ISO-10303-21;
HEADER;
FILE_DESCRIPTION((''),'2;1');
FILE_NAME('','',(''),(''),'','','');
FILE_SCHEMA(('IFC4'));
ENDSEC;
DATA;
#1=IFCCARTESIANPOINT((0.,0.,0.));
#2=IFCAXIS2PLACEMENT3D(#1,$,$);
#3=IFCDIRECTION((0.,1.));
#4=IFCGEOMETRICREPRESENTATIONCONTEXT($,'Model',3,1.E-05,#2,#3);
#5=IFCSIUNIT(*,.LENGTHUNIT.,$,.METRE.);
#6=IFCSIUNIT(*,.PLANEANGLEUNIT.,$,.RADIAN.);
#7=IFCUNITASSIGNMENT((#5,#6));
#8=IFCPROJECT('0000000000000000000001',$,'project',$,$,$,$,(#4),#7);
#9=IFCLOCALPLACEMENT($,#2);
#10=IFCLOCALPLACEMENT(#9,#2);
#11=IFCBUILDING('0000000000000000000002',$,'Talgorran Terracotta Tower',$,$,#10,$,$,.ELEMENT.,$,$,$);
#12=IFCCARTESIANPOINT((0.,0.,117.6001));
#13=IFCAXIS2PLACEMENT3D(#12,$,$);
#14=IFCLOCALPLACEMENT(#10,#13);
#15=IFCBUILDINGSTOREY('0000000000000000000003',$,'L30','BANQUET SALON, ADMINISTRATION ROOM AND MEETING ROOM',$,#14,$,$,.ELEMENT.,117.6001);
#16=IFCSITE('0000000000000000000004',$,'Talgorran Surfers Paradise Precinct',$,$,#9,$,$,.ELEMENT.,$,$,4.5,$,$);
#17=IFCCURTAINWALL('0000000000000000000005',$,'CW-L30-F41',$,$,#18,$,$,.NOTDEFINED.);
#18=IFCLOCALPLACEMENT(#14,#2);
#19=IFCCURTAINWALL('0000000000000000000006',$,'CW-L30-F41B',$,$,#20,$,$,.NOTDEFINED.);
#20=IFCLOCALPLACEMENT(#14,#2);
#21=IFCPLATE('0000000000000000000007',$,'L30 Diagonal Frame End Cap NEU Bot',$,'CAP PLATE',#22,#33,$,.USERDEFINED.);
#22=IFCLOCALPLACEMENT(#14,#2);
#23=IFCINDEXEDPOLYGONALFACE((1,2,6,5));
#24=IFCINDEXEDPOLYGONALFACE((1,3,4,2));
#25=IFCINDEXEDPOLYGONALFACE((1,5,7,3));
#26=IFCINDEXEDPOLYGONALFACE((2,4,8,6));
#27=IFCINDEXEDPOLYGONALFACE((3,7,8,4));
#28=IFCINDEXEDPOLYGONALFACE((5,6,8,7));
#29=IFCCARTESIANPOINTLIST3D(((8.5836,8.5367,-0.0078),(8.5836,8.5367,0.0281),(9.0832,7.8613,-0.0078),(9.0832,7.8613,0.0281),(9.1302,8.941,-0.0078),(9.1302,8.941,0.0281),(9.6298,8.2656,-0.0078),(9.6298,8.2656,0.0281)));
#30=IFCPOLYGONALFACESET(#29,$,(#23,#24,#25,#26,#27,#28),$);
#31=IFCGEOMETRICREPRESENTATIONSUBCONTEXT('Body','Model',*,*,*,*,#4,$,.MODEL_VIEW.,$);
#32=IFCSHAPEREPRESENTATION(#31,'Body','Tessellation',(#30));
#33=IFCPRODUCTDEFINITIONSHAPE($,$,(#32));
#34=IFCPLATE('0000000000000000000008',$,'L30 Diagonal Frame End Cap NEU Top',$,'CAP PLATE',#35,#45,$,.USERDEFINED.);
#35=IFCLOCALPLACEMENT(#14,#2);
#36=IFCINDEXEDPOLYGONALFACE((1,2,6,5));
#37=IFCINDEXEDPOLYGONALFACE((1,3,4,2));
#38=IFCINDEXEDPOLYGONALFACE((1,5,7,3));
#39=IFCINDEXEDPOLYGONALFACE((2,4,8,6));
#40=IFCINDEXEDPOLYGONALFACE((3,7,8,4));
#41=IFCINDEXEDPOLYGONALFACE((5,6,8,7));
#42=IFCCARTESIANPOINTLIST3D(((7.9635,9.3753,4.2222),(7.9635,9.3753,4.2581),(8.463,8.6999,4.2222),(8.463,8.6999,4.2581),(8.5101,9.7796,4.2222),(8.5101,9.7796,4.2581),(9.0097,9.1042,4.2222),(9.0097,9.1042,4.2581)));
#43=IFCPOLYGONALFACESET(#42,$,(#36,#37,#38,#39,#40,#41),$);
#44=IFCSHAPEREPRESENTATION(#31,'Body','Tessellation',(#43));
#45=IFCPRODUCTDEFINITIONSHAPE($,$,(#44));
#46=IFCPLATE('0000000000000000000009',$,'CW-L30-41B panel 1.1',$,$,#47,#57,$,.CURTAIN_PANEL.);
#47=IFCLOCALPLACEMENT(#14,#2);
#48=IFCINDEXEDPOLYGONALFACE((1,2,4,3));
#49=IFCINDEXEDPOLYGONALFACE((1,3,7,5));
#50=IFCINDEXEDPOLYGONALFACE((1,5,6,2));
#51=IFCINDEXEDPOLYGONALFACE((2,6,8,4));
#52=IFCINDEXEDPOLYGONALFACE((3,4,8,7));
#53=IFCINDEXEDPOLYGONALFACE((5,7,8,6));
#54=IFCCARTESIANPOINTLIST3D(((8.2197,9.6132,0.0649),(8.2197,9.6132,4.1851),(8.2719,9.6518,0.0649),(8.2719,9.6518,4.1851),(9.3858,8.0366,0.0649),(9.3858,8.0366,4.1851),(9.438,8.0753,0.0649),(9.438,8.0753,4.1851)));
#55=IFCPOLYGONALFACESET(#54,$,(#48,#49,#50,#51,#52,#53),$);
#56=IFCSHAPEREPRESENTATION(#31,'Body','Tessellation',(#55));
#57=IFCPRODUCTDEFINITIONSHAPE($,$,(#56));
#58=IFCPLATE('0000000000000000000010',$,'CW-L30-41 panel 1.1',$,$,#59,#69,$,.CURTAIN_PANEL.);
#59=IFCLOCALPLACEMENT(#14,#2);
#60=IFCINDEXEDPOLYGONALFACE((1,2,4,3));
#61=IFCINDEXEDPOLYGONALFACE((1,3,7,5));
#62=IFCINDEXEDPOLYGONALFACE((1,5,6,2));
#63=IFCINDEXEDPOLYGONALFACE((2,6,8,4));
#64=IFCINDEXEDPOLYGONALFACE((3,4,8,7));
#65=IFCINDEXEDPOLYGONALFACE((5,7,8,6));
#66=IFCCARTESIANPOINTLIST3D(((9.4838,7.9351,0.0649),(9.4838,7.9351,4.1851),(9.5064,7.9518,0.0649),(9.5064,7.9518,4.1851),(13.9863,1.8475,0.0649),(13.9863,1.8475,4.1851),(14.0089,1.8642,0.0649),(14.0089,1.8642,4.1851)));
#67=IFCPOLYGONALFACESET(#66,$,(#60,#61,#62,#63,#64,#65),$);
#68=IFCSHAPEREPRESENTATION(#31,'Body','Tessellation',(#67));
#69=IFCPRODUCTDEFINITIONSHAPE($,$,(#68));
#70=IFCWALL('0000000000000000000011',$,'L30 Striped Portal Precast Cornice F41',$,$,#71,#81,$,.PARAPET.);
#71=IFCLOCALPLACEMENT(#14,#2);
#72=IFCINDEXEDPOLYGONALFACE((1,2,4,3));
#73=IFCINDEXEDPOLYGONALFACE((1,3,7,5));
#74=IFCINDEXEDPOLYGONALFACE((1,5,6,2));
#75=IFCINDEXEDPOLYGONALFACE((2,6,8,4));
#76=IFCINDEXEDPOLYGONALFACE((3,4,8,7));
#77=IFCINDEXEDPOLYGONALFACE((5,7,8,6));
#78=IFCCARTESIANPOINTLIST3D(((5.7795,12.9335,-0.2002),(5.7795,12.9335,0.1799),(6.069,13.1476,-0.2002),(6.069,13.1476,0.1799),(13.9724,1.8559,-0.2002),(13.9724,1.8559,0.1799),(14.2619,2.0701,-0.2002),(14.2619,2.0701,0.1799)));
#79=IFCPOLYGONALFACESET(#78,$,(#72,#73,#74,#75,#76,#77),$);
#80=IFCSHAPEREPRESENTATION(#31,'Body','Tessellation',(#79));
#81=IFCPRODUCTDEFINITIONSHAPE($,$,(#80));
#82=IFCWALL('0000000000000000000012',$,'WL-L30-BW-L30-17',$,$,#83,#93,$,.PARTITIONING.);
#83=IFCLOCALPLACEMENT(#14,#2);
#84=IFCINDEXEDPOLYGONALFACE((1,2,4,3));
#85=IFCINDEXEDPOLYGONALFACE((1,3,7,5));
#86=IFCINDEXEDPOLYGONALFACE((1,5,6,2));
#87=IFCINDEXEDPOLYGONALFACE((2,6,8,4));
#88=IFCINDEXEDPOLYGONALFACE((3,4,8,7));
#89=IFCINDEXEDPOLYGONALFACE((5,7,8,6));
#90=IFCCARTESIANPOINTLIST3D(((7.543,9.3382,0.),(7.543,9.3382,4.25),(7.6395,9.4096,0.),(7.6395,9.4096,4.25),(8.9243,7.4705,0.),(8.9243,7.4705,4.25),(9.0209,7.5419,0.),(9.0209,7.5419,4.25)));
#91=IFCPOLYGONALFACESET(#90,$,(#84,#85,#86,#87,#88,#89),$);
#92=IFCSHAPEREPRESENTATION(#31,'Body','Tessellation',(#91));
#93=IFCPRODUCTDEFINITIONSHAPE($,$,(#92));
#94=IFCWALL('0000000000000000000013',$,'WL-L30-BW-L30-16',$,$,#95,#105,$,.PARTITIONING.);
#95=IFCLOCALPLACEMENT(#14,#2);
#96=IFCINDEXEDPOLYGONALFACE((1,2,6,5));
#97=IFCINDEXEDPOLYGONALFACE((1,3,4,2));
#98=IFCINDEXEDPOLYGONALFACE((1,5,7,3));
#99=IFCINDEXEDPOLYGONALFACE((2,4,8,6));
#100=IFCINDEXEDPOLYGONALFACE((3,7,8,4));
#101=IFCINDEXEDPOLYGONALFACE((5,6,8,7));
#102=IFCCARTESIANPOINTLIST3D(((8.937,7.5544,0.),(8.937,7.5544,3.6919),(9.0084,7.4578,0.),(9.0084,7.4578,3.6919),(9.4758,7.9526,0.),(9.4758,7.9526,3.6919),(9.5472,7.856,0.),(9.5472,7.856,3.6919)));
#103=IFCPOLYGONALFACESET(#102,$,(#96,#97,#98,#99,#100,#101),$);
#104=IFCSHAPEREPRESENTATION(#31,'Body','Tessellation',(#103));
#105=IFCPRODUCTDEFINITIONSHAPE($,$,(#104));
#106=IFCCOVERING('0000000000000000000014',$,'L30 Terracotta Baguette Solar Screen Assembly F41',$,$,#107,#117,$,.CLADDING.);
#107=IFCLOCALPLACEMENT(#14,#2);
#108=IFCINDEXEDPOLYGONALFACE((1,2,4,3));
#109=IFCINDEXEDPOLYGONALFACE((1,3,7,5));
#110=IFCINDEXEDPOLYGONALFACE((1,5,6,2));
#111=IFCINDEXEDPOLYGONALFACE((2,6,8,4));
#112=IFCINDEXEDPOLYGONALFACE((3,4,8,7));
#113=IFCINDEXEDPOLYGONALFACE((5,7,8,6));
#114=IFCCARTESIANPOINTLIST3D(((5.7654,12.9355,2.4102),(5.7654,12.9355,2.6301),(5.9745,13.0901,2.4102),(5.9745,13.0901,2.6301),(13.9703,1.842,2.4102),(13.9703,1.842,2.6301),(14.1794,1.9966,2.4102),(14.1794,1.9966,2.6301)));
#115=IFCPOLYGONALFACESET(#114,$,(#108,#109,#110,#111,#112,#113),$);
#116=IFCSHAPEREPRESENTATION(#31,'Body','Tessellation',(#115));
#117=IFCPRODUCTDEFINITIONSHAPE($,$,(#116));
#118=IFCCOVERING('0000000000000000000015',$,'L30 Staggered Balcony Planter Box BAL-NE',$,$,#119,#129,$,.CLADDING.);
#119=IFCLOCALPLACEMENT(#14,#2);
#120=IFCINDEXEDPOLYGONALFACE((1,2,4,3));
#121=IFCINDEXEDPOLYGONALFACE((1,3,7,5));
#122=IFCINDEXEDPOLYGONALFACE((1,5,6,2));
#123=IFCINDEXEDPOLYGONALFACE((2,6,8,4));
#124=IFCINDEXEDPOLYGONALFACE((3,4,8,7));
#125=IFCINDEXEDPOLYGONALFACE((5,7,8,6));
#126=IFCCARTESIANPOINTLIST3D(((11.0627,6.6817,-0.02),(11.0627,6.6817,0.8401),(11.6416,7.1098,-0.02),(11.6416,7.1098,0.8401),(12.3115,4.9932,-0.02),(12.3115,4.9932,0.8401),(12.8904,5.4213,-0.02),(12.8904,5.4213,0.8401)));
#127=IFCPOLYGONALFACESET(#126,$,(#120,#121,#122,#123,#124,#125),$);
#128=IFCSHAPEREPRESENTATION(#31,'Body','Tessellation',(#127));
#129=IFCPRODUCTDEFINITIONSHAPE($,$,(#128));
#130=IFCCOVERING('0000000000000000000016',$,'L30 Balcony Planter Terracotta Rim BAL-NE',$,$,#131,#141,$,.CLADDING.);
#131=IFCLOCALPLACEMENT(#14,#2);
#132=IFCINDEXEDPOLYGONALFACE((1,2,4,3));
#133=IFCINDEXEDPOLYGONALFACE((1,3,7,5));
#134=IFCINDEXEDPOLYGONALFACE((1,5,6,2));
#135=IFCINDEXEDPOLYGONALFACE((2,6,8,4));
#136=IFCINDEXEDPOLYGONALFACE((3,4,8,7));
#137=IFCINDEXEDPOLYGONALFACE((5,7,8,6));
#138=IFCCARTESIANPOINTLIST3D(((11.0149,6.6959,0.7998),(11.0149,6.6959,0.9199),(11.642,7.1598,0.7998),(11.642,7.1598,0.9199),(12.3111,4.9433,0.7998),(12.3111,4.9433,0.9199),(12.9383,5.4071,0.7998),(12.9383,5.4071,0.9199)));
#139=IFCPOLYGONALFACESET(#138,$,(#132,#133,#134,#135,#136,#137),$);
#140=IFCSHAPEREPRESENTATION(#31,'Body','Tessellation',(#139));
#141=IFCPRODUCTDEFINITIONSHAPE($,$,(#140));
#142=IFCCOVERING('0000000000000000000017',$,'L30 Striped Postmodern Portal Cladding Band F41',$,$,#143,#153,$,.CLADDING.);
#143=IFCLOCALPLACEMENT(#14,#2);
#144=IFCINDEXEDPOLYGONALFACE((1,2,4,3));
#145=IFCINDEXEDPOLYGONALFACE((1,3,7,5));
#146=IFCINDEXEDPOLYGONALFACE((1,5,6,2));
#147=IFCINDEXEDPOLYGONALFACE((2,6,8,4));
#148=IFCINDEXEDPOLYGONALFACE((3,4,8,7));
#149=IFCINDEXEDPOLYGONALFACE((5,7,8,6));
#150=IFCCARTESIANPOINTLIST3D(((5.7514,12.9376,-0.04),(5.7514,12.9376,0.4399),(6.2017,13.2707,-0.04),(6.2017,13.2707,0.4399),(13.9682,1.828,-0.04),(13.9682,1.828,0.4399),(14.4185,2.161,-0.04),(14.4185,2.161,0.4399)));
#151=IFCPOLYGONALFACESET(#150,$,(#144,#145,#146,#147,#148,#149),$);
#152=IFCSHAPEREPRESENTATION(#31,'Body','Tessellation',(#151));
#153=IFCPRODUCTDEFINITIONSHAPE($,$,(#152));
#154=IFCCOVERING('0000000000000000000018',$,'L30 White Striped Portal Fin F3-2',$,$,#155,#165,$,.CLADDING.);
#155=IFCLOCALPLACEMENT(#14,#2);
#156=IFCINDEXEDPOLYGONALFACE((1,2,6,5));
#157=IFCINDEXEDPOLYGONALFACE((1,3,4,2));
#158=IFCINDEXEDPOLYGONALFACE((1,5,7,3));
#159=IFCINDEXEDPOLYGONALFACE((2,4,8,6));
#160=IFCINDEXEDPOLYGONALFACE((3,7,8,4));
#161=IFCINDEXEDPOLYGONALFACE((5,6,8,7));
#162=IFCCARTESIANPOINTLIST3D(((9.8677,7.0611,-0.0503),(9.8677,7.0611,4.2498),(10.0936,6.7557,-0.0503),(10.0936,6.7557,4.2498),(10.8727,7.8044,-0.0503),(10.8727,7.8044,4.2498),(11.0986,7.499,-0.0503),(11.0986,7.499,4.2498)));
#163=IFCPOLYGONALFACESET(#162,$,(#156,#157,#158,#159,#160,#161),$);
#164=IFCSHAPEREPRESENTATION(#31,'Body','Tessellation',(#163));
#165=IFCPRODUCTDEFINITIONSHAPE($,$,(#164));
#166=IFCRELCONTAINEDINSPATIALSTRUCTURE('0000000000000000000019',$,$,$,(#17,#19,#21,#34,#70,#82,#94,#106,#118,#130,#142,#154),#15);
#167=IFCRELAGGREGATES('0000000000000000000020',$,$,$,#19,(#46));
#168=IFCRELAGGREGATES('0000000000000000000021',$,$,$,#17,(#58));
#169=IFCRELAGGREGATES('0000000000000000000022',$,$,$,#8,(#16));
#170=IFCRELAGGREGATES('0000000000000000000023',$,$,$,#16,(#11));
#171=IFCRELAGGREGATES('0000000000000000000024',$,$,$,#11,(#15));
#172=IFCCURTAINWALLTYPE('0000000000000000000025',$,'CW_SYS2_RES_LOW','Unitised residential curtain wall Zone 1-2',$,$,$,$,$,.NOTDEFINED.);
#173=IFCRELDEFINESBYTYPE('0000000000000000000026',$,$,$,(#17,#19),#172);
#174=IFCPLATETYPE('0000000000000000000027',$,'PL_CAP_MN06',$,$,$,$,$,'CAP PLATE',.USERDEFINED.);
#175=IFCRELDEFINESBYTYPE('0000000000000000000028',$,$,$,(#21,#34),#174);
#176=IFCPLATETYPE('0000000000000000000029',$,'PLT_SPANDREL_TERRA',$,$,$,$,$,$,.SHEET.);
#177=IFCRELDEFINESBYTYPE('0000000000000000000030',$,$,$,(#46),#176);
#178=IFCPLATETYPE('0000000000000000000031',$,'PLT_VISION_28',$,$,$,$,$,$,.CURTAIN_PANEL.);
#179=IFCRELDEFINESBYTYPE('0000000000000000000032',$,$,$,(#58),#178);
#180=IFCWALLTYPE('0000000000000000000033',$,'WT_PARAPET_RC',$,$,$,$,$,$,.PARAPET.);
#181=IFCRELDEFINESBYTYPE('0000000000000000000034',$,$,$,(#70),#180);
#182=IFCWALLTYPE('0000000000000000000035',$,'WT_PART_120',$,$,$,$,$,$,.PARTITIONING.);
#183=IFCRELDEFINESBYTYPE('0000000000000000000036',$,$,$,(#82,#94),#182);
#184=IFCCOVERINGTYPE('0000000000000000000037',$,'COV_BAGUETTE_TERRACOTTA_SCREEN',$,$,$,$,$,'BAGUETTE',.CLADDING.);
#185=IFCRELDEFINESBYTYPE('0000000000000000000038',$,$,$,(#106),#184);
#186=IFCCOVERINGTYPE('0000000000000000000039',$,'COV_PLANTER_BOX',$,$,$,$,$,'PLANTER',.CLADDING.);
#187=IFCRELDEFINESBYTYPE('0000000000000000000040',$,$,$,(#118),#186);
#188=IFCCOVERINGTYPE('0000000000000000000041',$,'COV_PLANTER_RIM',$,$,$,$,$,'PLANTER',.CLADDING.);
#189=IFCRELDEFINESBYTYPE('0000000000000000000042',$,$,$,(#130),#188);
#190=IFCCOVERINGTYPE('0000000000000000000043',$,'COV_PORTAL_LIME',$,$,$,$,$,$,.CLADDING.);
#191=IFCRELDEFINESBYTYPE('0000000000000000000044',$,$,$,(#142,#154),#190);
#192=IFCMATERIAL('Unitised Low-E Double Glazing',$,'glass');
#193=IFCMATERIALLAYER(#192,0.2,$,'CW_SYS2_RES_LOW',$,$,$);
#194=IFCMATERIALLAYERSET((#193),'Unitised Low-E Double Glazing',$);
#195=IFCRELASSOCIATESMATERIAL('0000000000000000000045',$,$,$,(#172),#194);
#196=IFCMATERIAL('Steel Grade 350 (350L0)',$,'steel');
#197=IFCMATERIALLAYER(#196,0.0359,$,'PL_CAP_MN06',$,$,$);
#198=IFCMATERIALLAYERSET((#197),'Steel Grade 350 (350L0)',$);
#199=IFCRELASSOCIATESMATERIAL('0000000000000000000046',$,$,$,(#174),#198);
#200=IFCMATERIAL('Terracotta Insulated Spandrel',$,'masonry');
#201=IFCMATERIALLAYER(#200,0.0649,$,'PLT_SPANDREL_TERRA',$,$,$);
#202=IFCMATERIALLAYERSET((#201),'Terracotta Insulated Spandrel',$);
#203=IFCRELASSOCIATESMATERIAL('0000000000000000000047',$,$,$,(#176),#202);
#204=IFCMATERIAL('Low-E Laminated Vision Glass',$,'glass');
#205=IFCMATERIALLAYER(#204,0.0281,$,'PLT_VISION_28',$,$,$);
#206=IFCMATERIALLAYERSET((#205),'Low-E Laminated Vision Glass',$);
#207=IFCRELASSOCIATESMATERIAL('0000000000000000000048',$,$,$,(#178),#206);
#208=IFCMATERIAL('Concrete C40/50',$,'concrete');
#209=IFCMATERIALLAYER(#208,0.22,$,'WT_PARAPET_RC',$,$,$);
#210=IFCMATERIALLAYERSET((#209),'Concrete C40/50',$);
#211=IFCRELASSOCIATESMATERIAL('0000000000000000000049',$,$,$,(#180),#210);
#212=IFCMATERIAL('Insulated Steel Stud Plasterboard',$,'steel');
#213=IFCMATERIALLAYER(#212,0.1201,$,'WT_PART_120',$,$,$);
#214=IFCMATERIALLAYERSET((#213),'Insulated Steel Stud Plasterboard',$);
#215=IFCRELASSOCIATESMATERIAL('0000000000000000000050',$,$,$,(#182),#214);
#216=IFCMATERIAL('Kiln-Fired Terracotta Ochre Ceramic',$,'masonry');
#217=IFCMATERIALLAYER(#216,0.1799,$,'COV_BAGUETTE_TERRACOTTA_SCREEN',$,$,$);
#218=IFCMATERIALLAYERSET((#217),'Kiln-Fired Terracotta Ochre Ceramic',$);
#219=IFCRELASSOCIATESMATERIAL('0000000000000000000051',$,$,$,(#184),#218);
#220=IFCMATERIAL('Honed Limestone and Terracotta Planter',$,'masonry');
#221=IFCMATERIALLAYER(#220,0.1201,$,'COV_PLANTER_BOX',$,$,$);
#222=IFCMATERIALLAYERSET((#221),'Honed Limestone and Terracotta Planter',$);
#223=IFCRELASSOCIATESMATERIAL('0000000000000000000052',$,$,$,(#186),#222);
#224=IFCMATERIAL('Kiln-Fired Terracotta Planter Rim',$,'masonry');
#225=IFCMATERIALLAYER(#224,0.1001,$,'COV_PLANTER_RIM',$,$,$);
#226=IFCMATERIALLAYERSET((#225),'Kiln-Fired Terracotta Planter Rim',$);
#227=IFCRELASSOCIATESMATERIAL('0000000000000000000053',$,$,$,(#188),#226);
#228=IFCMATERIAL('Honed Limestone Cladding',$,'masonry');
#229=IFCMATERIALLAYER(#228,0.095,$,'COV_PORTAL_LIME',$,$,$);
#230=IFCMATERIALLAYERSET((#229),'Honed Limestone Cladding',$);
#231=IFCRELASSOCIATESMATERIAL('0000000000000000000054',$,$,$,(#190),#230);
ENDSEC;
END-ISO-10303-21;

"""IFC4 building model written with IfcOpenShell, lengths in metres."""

from ifc_helpers import new_model, si_unit, direction, frame, frame_2d, origin, origin_2d, place, context, subcontext, project, spatial, rectangle, extrude, source, transform, mapped, material, layer, layer_set, type_object, type_shapes, element, aggregate, save


model = new_model("IFC4")

# Units and contexts
model_context = context("Model", 3, precision=1e-05, world=origin(), true_north=direction((0.0, 1.0)))
body_context = subcontext(model_context, "Body", "Model", "MODEL_VIEW")
ifc_project = project(units=[si_unit("LENGTHUNIT", "METRE"), si_unit("PLANEANGLEUNIT", "RADIAN")], contexts=[model_context])

# Site, building, storey
site_placement = place(None, origin())
site = spatial("IfcSite", under=ifc_project, at=site_placement, Name="Talgorran Surfers Paradise Precinct", CompositionType="ELEMENT", RefElevation=4.5)
building_placement = place(site_placement, origin())
building = spatial("IfcBuilding", under=site, at=building_placement, Name="Talgorran Terracotta Tower", CompositionType="ELEMENT")
storey_placement = place(building_placement, frame((0.0, 0.0, 117.6001)))
storey = spatial("IfcBuildingStorey", under=building, at=storey_placement, Name="L30", Description="BANQUET SALON, ADMINISTRATION ROOM AND MEETING ROOM", CompositionType="ELEMENT", Elevation=117.6001)

# Shared definitions
ifc_material_1 = material(Name="Steel Grade 350 (350L0)", Category="steel")

# Curtain walls
ifc_material_2 = material(Name="Unitised Low-E Double Glazing", Category="glass")
ifc_layer_1 = layer(ifc_material_2, 0.2, Name="CW_SYS2_RES_LOW")
ifc_layer_set_1 = layer_set([ifc_layer_1], Name="Unitised Low-E Double Glazing")
curtain_wall_type = type_object("IfcCurtainWallType", Name="CW_SYS2_RES_LOW", Description="Unitised residential curtain wall Zone 1-2", PredefinedType="NOTDEFINED", material=ifc_layer_set_1)
curtain_wall_1_placement = place(storey_placement, origin())
curtain_wall_1 = element("IfcCurtainWall", 1, at=curtain_wall_1_placement, inside=storey, type_object=curtain_wall_type, Name="CW-L30-F41", PredefinedType="NOTDEFINED")
curtain_wall_2_placement = place(storey_placement, origin())
curtain_wall_2 = element("IfcCurtainWall", 2, at=curtain_wall_2_placement, inside=storey, type_object=curtain_wall_type, Name="CW-L30-F41B", PredefinedType="NOTDEFINED")

# Plates
ifc_layer_2 = layer(ifc_material_1, 0.0359, Name="PL_CAP_MN06")
ifc_layer_set_2 = layer_set([ifc_layer_2], Name="Steel Grade 350 (350L0)")
plate_type_1 = type_object("IfcPlateType", Name="PL_CAP_MN06", ElementType="CAP PLATE", PredefinedType="USERDEFINED", material=ifc_layer_set_2)
for number, where, z_axis, x_axis, name in (
    (3, (9.1067, 8.4011, -0.0078), (0.0, 0.0, 1.0), (-0.594682, 0.803961, 0.0), "L30 Diagonal Frame End Cap NEU Bot"),
    (4, (8.4866, 9.2397, 4.2222), (0.0, 0.0, 1.0), (-0.594682, 0.803961, 0.0), "L30 Diagonal Frame End Cap NEU Top"),
):
    element("IfcPlate", number, at=place(storey_placement, frame(where, z_axis=z_axis, x_axis=x_axis)), inside=storey, type_object=plate_type_1, Name=name, ObjectType="CAP PLATE", PredefinedType="USERDEFINED", context=body_context, shape_type="SweptSolid", body=[
        extrude(rectangle(XDim=0.8401, YDim=0.6799, at=origin_2d()), origin(), (0.0, 0.0, 1.0), 0.0359),
    ])

# Plates
ifc_material_3 = material(Name="Terracotta Insulated Spandrel", Category="masonry")
ifc_layer_3 = layer(ifc_material_3, 0.0649, Name="PLT_SPANDREL_TERRA")
ifc_layer_set_3 = layer_set([ifc_layer_3], Name="Terracotta Insulated Spandrel")
plate_type_2 = type_object("IfcPlateType", Name="PLT_SPANDREL_TERRA", PredefinedType="SHEET", material=ifc_layer_set_3)
shared_shape_1 = source(origin(), body_context, "Body", "SweptSolid", [
    extrude(rectangle(XDim=1.9609, YDim=0.0649, at=origin_2d()), origin(), (0.0, 0.0, 1.0), 4.1201),
])
type_shapes(plate_type_2, [shared_shape_1])
plate_1_placement = place(storey_placement, frame((8.8289, 8.8442, 0.0649), z_axis=(0.0, 0.0, 1.0), x_axis=(-0.59463, 0.803999, 0.0)))
plate_1 = element("IfcPlate", 5, at=plate_1_placement, type_object=plate_type_2, Name="CW-L30-41B panel 1.1", PredefinedType="CURTAIN_PANEL", context=body_context, shape_type="MappedRepresentation", body=[
    mapped(shared_shape_1, transform((0.0, 0.0, 0.0), scale=1.0)),
])
aggregate(curtain_wall_2, [plate_1])
ifc_material_4 = material(Name="Low-E Laminated Vision Glass", Category="glass")
ifc_layer_4 = layer(ifc_material_4, 0.0281, Name="PLT_VISION_28")
ifc_layer_set_4 = layer_set([ifc_layer_4], Name="Low-E Laminated Vision Glass")
plate_type_3 = type_object("IfcPlateType", Name="PLT_VISION_28", PredefinedType="CURTAIN_PANEL", material=ifc_layer_set_4)
shared_shape_2 = source(origin(), body_context, "Body", "SweptSolid", [
    extrude(rectangle(XDim=7.5718, YDim=0.0281, at=origin_2d()), origin(), (0.0, 0.0, 1.0), 4.1201),
])
type_shapes(plate_type_3, [shared_shape_2])
plate_2_placement = place(storey_placement, frame((11.7463, 4.8997, 0.0649), z_axis=(0.0, 0.0, 1.0), x_axis=(-0.594637, 0.803994, 0.0)))
plate_2 = element("IfcPlate", 6, at=plate_2_placement, type_object=plate_type_3, Name="CW-L30-41 panel 1.1", PredefinedType="CURTAIN_PANEL", context=body_context, shape_type="MappedRepresentation", body=[
    mapped(shared_shape_2, transform((0.0, 0.0, 0.0), scale=1.0)),
])
aggregate(curtain_wall_1, [plate_2])

# Walls
ifc_material_5 = material(Name="Concrete C40/50", Category="concrete")
ifc_layer_5 = layer(ifc_material_5, 0.22, Name="WT_PARAPET_RC")
ifc_layer_set_5 = layer_set([ifc_layer_5], Name="Concrete C40/50")
wall_type_1 = type_object("IfcWallType", Name="WT_PARAPET_RC", PredefinedType="PARAPET", material=ifc_layer_set_5)
wall_1_placement = place(storey_placement, frame((14.1172, 1.9629, -0.2002), z_axis=(0.0, 0.0, 1.0), x_axis=(-0.594628, 0.804001, 0.0)))
element("IfcWall", 7, at=wall_1_placement, inside=storey, type_object=wall_type_1, Name="L30 Striped Portal Precast Cornice F41", PredefinedType="PARAPET", context=body_context, shape_type="SweptSolid", body=[
    extrude(rectangle(XDim=13.7781, YDim=0.3601, at=frame_2d((6.8892, 0.0))), origin(), (0.0, 0.0, 1.0), 0.3801),
])
ifc_material_6 = material(Name="Insulated Steel Stud Plasterboard", Category="steel")
ifc_layer_6 = layer(ifc_material_6, 0.1201, Name="WT_PART_120")
ifc_layer_set_6 = layer_set([ifc_layer_6], Name="Insulated Steel Stud Plasterboard")
wall_type_2 = type_object("IfcWallType", Name="WT_PART_120", PredefinedType="PARTITIONING", material=ifc_layer_set_6)
wall_2_placement = place(storey_placement, frame((8.9727, 7.5061, 0.0), z_axis=(0.0, 0.0, 1.0), x_axis=(-0.594639, 0.803993, 0.0)))
element("IfcWall", 8, at=wall_2_placement, inside=storey, type_object=wall_type_2, Name="WL-L30-BW-L30-17", PredefinedType="PARTITIONING", context=body_context, shape_type="SweptSolid", body=[
    extrude(rectangle(XDim=2.323, YDim=0.1201, at=frame_2d((1.1616, 0.0))), origin(), (0.0, 0.0, 1.0), 4.25),
])
wall_3_placement = place(storey_placement, frame((9.5115, 7.9043, 0.0), z_axis=(0.0, 0.0, 1.0), x_axis=(-0.804222, -0.59433, 0.0)))
element("IfcWall", 9, at=wall_3_placement, inside=storey, type_object=wall_type_2, Name="WL-L30-BW-L30-16", PredefinedType="PARTITIONING", context=body_context, shape_type="SweptSolid", body=[
    extrude(rectangle(XDim=0.6699, YDim=0.1201, at=frame_2d((0.335, 0.0))), origin(), (0.0, 0.0, 1.0), 3.6919),
])

# Coverings
ifc_material_7 = material(Name="Kiln-Fired Terracotta Ochre Ceramic", Category="masonry")
ifc_layer_7 = layer(ifc_material_7, 0.1799, Name="COV_BAGUETTE_TERRACOTTA_SCREEN")
ifc_layer_set_7 = layer_set([ifc_layer_7], Name="Kiln-Fired Terracotta Ochre Ceramic")
covering_type_1 = type_object("IfcCoveringType", Name="COV_BAGUETTE_TERRACOTTA_SCREEN", ElementType="BAGUETTE", PredefinedType="CLADDING", material=ifc_layer_set_7)
covering_1_placement = place(storey_placement, frame((9.9724, 7.4661, 2.4102), z_axis=(0.0, 0.0, 1.0), x_axis=(-0.59464, 0.803992, 0.0)))
element("IfcCovering", 10, at=covering_1_placement, inside=storey, type_object=covering_type_1, Name="L30 Terracotta Baguette Solar Screen Assembly F41", PredefinedType="CLADDING", context=body_context, shape_type="SweptSolid", body=[
    extrude(rectangle(XDim=13.7981, YDim=0.26, at=origin_2d()), origin(), (0.0, 0.0, 1.0), 0.22),
])
ifc_material_8 = material(Name="Honed Limestone and Terracotta Planter", Category="masonry")
ifc_layer_8 = layer(ifc_material_8, 0.1201, Name="COV_PLANTER_BOX")
ifc_layer_set_8 = layer_set([ifc_layer_8], Name="Honed Limestone and Terracotta Planter")
covering_type_2 = type_object("IfcCoveringType", Name="COV_PLANTER_BOX", ElementType="PLANTER", PredefinedType="CLADDING", material=ifc_layer_set_8)
covering_2_placement = place(storey_placement, frame((11.9766, 6.0515, -0.02), z_axis=(0.0, 0.0, 1.0), x_axis=(-0.59464, 0.803992, 0.0)))
element("IfcCovering", 11, at=covering_2_placement, inside=storey, type_object=covering_type_2, Name="L30 Staggered Balcony Planter Box BAL-NE", PredefinedType="CLADDING", context=body_context, shape_type="SweptSolid", body=[
    extrude(rectangle(XDim=2.1001, YDim=0.72, at=origin_2d()), origin(), (0.0, 0.0, 1.0), 0.8601),
])
ifc_material_9 = material(Name="Kiln-Fired Terracotta Planter Rim", Category="masonry")
ifc_layer_9 = layer(ifc_material_9, 0.1001, Name="COV_PLANTER_RIM")
ifc_layer_set_9 = layer_set([ifc_layer_9], Name="Kiln-Fired Terracotta Planter Rim")
covering_type_3 = type_object("IfcCoveringType", Name="COV_PLANTER_RIM", ElementType="PLANTER", PredefinedType="CLADDING", material=ifc_layer_set_9)
covering_3_placement = place(storey_placement, frame((11.9766, 6.0515, 0.7998), z_axis=(0.0, 0.0, 1.0), x_axis=(-0.59464, 0.803992, 0.0)))
element("IfcCovering", 12, at=covering_3_placement, inside=storey, type_object=covering_type_3, Name="L30 Balcony Planter Terracotta Rim BAL-NE", PredefinedType="CLADDING", context=body_context, shape_type="SweptSolid", body=[
    extrude(rectangle(XDim=2.1799, YDim=0.78, at=origin_2d()), origin(), (0.0, 0.0, 1.0), 0.1201),
])
ifc_material_10 = material(Name="Honed Limestone Cladding", Category="masonry")
ifc_layer_10 = layer(ifc_material_10, 0.095, Name="COV_PORTAL_LIME")
ifc_layer_set_10 = layer_set([ifc_layer_10], Name="Honed Limestone Cladding")
covering_type_4 = type_object("IfcCoveringType", Name="COV_PORTAL_LIME", PredefinedType="CLADDING", material=ifc_layer_set_10)
covering_4_placement = place(storey_placement, frame((10.085, 7.5493, -0.04), z_axis=(0.0, 0.0, 1.0), x_axis=(-0.59464, 0.803992, 0.0)))
element("IfcCovering", 13, at=covering_4_placement, inside=storey, type_object=covering_type_4, Name="L30 Striped Postmodern Portal Cladding Band F41", PredefinedType="CLADDING", context=body_context, shape_type="SweptSolid", body=[
    extrude(rectangle(XDim=13.8181, YDim=0.5601, at=origin_2d()), origin(), (0.0, 0.0, 1.0), 0.48),
])
covering_5_placement = place(storey_placement, frame((10.4832, 7.28, -0.0503), z_axis=(0.0, 0.0, 1.0), x_axis=(-0.59464, 0.803992, 0.0)))
element("IfcCovering", 14, at=covering_5_placement, inside=storey, type_object=covering_type_4, Name="L30 White Striped Portal Fin F3-2", PredefinedType="CLADDING", context=body_context, shape_type="SweptSolid", body=[
    extrude(rectangle(XDim=0.3799, YDim=1.25, at=origin_2d()), origin(), (0.0, 0.0, 1.0), 4.3),
])

save(model, "model.ifc")
